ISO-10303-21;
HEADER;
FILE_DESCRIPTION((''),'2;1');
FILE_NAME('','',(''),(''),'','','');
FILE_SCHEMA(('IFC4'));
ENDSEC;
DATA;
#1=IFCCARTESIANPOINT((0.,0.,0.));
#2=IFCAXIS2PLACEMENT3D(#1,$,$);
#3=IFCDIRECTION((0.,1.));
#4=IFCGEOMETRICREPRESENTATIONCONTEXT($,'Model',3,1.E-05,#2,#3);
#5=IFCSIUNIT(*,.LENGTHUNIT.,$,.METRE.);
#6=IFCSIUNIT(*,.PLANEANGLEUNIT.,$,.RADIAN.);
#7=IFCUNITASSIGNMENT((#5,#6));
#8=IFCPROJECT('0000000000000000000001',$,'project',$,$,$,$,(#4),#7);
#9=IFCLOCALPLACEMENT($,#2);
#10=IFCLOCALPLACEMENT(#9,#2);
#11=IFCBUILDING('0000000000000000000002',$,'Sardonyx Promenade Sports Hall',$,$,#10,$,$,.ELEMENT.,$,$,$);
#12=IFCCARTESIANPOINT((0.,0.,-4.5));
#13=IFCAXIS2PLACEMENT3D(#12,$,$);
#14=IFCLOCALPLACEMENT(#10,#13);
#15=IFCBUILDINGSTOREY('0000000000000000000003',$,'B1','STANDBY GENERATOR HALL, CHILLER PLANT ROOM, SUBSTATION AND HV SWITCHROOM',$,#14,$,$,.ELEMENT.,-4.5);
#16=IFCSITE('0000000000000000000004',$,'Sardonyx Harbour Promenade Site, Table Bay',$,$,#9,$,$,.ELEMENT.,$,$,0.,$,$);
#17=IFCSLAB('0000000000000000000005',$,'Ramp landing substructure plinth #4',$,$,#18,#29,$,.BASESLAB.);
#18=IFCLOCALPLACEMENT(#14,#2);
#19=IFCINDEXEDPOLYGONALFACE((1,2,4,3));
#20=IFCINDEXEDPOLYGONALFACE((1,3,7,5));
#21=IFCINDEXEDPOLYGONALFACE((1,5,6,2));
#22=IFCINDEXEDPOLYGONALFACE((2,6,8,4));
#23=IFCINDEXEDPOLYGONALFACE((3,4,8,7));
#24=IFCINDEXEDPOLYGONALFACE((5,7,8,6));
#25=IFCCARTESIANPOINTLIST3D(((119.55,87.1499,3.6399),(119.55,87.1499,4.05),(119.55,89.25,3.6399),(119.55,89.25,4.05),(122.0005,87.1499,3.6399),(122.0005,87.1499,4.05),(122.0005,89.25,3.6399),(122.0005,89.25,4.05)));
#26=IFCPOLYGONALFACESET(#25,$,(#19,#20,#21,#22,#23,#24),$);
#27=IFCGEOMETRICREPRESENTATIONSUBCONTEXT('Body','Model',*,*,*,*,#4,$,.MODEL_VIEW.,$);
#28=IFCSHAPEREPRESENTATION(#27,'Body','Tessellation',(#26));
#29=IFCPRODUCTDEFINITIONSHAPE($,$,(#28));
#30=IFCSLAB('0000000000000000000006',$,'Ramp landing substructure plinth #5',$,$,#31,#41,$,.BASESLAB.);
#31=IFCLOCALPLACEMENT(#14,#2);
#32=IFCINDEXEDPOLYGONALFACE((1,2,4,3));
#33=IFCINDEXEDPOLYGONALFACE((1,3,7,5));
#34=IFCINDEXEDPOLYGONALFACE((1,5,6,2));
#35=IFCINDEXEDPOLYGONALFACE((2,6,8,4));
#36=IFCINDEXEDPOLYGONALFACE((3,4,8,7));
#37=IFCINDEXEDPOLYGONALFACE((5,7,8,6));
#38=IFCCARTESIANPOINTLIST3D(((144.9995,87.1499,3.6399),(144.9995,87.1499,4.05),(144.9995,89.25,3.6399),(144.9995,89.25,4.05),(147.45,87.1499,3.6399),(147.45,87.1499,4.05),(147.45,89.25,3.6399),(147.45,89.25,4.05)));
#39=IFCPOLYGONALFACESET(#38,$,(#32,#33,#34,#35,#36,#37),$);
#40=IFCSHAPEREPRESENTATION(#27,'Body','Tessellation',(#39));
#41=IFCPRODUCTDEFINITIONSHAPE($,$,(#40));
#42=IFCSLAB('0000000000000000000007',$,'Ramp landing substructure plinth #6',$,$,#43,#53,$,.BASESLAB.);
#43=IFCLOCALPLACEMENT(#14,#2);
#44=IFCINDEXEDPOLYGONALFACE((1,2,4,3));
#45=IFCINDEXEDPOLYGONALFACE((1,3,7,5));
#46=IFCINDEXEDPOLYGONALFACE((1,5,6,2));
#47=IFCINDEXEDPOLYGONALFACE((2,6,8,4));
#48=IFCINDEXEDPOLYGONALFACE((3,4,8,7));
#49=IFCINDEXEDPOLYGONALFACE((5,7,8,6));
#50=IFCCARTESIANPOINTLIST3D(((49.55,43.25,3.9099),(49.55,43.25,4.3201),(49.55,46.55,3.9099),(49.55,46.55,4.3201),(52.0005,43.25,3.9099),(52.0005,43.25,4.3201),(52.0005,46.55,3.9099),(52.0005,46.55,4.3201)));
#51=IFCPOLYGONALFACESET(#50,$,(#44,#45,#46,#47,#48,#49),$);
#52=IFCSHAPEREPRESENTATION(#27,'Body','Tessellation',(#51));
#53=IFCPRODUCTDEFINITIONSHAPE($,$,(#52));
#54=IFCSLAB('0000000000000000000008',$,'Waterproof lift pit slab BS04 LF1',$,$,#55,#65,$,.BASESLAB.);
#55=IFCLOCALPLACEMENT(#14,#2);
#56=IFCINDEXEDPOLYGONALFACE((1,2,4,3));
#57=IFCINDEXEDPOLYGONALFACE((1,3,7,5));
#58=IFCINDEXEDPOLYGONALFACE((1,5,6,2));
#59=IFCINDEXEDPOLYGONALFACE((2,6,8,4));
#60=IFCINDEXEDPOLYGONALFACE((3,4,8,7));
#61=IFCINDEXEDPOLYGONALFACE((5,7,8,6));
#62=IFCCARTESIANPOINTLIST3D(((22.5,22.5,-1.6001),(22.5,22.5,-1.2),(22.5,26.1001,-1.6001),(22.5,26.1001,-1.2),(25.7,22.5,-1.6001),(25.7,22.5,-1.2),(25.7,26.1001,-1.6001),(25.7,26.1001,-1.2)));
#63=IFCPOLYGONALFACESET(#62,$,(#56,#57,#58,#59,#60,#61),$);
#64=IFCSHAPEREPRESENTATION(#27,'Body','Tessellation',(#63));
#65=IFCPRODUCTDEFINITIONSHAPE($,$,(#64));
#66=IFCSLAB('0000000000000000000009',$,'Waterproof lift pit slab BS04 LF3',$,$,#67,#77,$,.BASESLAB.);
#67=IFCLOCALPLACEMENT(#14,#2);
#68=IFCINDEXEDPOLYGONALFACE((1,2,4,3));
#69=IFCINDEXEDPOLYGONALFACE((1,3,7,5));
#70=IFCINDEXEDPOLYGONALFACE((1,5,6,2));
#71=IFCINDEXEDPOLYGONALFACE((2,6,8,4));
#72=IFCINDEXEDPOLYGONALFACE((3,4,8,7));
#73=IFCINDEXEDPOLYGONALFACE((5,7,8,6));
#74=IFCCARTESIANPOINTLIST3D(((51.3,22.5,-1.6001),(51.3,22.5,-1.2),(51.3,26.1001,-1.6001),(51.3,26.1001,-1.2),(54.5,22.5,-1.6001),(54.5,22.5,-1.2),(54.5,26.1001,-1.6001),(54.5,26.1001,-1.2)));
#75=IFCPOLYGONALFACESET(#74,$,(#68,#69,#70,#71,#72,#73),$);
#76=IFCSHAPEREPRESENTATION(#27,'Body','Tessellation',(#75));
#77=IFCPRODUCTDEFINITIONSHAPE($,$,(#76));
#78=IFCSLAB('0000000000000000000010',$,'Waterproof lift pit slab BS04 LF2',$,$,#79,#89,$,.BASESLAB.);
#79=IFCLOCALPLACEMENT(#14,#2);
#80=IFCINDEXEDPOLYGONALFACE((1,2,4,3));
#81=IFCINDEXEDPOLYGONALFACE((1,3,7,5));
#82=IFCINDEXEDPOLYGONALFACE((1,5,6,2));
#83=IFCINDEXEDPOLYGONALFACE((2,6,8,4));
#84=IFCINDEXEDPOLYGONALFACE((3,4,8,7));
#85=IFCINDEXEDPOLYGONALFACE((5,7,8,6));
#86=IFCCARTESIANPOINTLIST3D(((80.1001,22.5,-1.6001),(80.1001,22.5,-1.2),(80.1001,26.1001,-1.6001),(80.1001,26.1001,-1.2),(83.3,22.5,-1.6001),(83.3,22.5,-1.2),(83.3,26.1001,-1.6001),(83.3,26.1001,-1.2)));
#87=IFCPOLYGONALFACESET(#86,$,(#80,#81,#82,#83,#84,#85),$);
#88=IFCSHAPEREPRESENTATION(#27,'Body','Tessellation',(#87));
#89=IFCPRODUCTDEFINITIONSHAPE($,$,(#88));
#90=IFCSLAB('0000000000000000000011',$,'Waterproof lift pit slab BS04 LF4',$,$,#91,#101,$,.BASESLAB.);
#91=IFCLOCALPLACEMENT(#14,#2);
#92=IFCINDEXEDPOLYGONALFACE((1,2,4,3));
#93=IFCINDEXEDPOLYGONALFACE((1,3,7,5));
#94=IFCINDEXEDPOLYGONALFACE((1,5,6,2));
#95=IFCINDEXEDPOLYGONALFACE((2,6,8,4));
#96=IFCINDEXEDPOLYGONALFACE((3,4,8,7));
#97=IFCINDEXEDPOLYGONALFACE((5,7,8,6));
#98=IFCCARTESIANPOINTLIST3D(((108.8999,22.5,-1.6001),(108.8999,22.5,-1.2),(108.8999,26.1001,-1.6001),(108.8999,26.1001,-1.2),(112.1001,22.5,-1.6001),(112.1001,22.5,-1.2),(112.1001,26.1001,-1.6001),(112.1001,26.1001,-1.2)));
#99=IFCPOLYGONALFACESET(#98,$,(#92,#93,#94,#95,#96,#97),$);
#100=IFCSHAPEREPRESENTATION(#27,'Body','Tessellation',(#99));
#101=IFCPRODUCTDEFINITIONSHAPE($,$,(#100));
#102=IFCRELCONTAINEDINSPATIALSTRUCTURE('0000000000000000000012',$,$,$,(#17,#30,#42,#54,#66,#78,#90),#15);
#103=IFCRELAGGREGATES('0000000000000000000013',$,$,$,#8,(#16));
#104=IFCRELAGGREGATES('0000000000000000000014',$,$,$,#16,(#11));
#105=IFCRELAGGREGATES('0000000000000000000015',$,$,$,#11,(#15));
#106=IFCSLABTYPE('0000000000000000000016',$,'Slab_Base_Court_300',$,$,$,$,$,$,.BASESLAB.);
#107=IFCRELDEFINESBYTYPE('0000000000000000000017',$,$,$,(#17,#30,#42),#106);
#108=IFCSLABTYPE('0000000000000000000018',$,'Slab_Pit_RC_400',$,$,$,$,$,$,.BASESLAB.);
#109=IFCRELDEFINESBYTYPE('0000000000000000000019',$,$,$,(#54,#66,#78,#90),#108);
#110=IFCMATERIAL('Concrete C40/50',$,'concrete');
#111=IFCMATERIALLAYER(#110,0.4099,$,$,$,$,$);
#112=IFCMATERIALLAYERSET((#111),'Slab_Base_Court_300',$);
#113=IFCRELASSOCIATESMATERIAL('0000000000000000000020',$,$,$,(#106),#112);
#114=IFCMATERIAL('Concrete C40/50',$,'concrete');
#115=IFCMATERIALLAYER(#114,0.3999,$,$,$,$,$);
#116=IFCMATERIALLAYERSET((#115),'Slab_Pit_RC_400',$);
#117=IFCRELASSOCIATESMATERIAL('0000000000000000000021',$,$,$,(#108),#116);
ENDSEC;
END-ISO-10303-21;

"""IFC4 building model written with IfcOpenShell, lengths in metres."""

from ifc_helpers import new_model, si_unit, direction, frame, origin, place, context, subcontext, project, spatial, polyline, outline, extrude, material, layer, layer_set, type_object, element, save


model = new_model("IFC4")

# Units and contexts
model_context = context("Model", 3, precision=1e-05, world=origin(), true_north=direction((0.0, 1.0)))
body_context = subcontext(model_context, "Body", "Model", "MODEL_VIEW")
ifc_project = project(units=[si_unit("LENGTHUNIT", "METRE"), si_unit("PLANEANGLEUNIT", "RADIAN")], contexts=[model_context])

# Site, building, storey
site_placement = place(None, origin())
site = spatial("IfcSite", under=ifc_project, at=site_placement, Name="Sardonyx Harbour Promenade Site, Table Bay", CompositionType="ELEMENT", RefElevation=0.0)
building_placement = place(site_placement, origin())
building = spatial("IfcBuilding", under=site, at=building_placement, Name="Sardonyx Promenade Sports Hall", CompositionType="ELEMENT")
storey_placement = place(building_placement, frame((0.0, 0.0, -4.5)))
storey = spatial("IfcBuildingStorey", under=building, at=storey_placement, Name="B1", Description="STANDBY GENERATOR HALL, CHILLER PLANT ROOM, SUBSTATION AND HV SWITCHROOM", CompositionType="ELEMENT", Elevation=-4.5)

# Slabs
ifc_material_1 = material(Name="Concrete C40/50", Category="concrete")
ifc_layer_1 = layer(ifc_material_1, 0.4099)
ifc_layer_set_1 = layer_set([ifc_layer_1], Name="Slab_Base_Court_300")
slab_type_1 = type_object("IfcSlabType", Name="Slab_Base_Court_300", PredefinedType="BASESLAB", material=ifc_layer_set_1)
slab_1_placement = place(storey_placement, frame((0.0, 0.0, 3.6399)))
element("IfcSlab", 1, at=slab_1_placement, inside=storey, type_object=slab_type_1, Name="Ramp landing substructure plinth #4", PredefinedType="BASESLAB", context=body_context, shape_type="SweptSolid", body=[
    extrude(outline(polyline([(119.55, 87.1499), (122.0005, 87.1499), (122.0005, 89.25), (119.55, 89.25), (119.55, 87.1499)])), origin(), (0.0, 0.0, 1.0), 0.4102),
])
slab_2_placement = place(storey_placement, frame((0.0, 0.0, 3.6399)))
element("IfcSlab", 2, at=slab_2_placement, inside=storey, type_object=slab_type_1, Name="Ramp landing substructure plinth #5", PredefinedType="BASESLAB", context=body_context, shape_type="SweptSolid", body=[
    extrude(outline(polyline([(144.9995, 87.1499), (147.45, 87.1499), (147.45, 89.25), (144.9995, 89.25), (144.9995, 87.1499)])), origin(), (0.0, 0.0, 1.0), 0.4102),
])
slab_3_placement = place(storey_placement, frame((0.0, 0.0, 3.9099)))
element("IfcSlab", 3, at=slab_3_placement, inside=storey, type_object=slab_type_1, Name="Ramp landing substructure plinth #6", PredefinedType="BASESLAB", context=body_context, shape_type="SweptSolid", body=[
    extrude(outline(polyline([(49.55, 43.25), (52.0005, 43.25), (52.0005, 46.55), (49.55, 46.55), (49.55, 43.25)])), origin(), (0.0, 0.0, 1.0), 0.4102),
])
ifc_material_2 = material(Name="Concrete C40/50", Category="concrete")
ifc_layer_2 = layer(ifc_material_2, 0.3999)
ifc_layer_set_2 = layer_set([ifc_layer_2], Name="Slab_Pit_RC_400")
slab_type_2 = type_object("IfcSlabType", Name="Slab_Pit_RC_400", PredefinedType="BASESLAB", material=ifc_layer_set_2)
slab_4_placement = place(storey_placement, frame((0.0, 0.0, -1.6001)))
element("IfcSlab", 4, at=slab_4_placement, inside=storey, type_object=slab_type_2, Name="Waterproof lift pit slab BS04 LF1", PredefinedType="BASESLAB", context=body_context, shape_type="SweptSolid", body=[
    extrude(outline(polyline([(22.5, 22.5), (25.7, 22.5), (25.7, 26.1001), (22.5, 26.1001), (22.5, 22.5)])), origin(), (0.0, 0.0, 1.0), 0.4001),
])
slab_5_placement = place(storey_placement, frame((0.0, 0.0, -1.6001)))
element("IfcSlab", 5, at=slab_5_placement, inside=storey, type_object=slab_type_2, Name="Waterproof lift pit slab BS04 LF3", PredefinedType="BASESLAB", context=body_context, shape_type="SweptSolid", body=[
    extrude(outline(polyline([(51.3, 22.5), (54.5, 22.5), (54.5, 26.1001), (51.3, 26.1001), (51.3, 22.5)])), origin(), (0.0, 0.0, 1.0), 0.4001),
])
slab_6_placement = place(storey_placement, frame((0.0, 0.0, -1.6001)))
element("IfcSlab", 6, at=slab_6_placement, inside=storey, type_object=slab_type_2, Name="Waterproof lift pit slab BS04 LF2", PredefinedType="BASESLAB", context=body_context, shape_type="SweptSolid", body=[
    extrude(outline(polyline([(80.1001, 22.5), (83.3, 22.5), (83.3, 26.1001), (80.1001, 26.1001), (80.1001, 22.5)])), origin(), (0.0, 0.0, 1.0), 0.4001),
])
slab_7_placement = place(storey_placement, frame((0.0, 0.0, -1.6001)))
element("IfcSlab", 7, at=slab_7_placement, inside=storey, type_object=slab_type_2, Name="Waterproof lift pit slab BS04 LF4", PredefinedType="BASESLAB", context=body_context, shape_type="SweptSolid", body=[
    extrude(outline(polyline([(108.8999, 22.5), (112.1001, 22.5), (112.1001, 26.1001), (108.8999, 26.1001), (108.8999, 22.5)])), origin(), (0.0, 0.0, 1.0), 0.4001),
])

save(model, "model.ifc")
